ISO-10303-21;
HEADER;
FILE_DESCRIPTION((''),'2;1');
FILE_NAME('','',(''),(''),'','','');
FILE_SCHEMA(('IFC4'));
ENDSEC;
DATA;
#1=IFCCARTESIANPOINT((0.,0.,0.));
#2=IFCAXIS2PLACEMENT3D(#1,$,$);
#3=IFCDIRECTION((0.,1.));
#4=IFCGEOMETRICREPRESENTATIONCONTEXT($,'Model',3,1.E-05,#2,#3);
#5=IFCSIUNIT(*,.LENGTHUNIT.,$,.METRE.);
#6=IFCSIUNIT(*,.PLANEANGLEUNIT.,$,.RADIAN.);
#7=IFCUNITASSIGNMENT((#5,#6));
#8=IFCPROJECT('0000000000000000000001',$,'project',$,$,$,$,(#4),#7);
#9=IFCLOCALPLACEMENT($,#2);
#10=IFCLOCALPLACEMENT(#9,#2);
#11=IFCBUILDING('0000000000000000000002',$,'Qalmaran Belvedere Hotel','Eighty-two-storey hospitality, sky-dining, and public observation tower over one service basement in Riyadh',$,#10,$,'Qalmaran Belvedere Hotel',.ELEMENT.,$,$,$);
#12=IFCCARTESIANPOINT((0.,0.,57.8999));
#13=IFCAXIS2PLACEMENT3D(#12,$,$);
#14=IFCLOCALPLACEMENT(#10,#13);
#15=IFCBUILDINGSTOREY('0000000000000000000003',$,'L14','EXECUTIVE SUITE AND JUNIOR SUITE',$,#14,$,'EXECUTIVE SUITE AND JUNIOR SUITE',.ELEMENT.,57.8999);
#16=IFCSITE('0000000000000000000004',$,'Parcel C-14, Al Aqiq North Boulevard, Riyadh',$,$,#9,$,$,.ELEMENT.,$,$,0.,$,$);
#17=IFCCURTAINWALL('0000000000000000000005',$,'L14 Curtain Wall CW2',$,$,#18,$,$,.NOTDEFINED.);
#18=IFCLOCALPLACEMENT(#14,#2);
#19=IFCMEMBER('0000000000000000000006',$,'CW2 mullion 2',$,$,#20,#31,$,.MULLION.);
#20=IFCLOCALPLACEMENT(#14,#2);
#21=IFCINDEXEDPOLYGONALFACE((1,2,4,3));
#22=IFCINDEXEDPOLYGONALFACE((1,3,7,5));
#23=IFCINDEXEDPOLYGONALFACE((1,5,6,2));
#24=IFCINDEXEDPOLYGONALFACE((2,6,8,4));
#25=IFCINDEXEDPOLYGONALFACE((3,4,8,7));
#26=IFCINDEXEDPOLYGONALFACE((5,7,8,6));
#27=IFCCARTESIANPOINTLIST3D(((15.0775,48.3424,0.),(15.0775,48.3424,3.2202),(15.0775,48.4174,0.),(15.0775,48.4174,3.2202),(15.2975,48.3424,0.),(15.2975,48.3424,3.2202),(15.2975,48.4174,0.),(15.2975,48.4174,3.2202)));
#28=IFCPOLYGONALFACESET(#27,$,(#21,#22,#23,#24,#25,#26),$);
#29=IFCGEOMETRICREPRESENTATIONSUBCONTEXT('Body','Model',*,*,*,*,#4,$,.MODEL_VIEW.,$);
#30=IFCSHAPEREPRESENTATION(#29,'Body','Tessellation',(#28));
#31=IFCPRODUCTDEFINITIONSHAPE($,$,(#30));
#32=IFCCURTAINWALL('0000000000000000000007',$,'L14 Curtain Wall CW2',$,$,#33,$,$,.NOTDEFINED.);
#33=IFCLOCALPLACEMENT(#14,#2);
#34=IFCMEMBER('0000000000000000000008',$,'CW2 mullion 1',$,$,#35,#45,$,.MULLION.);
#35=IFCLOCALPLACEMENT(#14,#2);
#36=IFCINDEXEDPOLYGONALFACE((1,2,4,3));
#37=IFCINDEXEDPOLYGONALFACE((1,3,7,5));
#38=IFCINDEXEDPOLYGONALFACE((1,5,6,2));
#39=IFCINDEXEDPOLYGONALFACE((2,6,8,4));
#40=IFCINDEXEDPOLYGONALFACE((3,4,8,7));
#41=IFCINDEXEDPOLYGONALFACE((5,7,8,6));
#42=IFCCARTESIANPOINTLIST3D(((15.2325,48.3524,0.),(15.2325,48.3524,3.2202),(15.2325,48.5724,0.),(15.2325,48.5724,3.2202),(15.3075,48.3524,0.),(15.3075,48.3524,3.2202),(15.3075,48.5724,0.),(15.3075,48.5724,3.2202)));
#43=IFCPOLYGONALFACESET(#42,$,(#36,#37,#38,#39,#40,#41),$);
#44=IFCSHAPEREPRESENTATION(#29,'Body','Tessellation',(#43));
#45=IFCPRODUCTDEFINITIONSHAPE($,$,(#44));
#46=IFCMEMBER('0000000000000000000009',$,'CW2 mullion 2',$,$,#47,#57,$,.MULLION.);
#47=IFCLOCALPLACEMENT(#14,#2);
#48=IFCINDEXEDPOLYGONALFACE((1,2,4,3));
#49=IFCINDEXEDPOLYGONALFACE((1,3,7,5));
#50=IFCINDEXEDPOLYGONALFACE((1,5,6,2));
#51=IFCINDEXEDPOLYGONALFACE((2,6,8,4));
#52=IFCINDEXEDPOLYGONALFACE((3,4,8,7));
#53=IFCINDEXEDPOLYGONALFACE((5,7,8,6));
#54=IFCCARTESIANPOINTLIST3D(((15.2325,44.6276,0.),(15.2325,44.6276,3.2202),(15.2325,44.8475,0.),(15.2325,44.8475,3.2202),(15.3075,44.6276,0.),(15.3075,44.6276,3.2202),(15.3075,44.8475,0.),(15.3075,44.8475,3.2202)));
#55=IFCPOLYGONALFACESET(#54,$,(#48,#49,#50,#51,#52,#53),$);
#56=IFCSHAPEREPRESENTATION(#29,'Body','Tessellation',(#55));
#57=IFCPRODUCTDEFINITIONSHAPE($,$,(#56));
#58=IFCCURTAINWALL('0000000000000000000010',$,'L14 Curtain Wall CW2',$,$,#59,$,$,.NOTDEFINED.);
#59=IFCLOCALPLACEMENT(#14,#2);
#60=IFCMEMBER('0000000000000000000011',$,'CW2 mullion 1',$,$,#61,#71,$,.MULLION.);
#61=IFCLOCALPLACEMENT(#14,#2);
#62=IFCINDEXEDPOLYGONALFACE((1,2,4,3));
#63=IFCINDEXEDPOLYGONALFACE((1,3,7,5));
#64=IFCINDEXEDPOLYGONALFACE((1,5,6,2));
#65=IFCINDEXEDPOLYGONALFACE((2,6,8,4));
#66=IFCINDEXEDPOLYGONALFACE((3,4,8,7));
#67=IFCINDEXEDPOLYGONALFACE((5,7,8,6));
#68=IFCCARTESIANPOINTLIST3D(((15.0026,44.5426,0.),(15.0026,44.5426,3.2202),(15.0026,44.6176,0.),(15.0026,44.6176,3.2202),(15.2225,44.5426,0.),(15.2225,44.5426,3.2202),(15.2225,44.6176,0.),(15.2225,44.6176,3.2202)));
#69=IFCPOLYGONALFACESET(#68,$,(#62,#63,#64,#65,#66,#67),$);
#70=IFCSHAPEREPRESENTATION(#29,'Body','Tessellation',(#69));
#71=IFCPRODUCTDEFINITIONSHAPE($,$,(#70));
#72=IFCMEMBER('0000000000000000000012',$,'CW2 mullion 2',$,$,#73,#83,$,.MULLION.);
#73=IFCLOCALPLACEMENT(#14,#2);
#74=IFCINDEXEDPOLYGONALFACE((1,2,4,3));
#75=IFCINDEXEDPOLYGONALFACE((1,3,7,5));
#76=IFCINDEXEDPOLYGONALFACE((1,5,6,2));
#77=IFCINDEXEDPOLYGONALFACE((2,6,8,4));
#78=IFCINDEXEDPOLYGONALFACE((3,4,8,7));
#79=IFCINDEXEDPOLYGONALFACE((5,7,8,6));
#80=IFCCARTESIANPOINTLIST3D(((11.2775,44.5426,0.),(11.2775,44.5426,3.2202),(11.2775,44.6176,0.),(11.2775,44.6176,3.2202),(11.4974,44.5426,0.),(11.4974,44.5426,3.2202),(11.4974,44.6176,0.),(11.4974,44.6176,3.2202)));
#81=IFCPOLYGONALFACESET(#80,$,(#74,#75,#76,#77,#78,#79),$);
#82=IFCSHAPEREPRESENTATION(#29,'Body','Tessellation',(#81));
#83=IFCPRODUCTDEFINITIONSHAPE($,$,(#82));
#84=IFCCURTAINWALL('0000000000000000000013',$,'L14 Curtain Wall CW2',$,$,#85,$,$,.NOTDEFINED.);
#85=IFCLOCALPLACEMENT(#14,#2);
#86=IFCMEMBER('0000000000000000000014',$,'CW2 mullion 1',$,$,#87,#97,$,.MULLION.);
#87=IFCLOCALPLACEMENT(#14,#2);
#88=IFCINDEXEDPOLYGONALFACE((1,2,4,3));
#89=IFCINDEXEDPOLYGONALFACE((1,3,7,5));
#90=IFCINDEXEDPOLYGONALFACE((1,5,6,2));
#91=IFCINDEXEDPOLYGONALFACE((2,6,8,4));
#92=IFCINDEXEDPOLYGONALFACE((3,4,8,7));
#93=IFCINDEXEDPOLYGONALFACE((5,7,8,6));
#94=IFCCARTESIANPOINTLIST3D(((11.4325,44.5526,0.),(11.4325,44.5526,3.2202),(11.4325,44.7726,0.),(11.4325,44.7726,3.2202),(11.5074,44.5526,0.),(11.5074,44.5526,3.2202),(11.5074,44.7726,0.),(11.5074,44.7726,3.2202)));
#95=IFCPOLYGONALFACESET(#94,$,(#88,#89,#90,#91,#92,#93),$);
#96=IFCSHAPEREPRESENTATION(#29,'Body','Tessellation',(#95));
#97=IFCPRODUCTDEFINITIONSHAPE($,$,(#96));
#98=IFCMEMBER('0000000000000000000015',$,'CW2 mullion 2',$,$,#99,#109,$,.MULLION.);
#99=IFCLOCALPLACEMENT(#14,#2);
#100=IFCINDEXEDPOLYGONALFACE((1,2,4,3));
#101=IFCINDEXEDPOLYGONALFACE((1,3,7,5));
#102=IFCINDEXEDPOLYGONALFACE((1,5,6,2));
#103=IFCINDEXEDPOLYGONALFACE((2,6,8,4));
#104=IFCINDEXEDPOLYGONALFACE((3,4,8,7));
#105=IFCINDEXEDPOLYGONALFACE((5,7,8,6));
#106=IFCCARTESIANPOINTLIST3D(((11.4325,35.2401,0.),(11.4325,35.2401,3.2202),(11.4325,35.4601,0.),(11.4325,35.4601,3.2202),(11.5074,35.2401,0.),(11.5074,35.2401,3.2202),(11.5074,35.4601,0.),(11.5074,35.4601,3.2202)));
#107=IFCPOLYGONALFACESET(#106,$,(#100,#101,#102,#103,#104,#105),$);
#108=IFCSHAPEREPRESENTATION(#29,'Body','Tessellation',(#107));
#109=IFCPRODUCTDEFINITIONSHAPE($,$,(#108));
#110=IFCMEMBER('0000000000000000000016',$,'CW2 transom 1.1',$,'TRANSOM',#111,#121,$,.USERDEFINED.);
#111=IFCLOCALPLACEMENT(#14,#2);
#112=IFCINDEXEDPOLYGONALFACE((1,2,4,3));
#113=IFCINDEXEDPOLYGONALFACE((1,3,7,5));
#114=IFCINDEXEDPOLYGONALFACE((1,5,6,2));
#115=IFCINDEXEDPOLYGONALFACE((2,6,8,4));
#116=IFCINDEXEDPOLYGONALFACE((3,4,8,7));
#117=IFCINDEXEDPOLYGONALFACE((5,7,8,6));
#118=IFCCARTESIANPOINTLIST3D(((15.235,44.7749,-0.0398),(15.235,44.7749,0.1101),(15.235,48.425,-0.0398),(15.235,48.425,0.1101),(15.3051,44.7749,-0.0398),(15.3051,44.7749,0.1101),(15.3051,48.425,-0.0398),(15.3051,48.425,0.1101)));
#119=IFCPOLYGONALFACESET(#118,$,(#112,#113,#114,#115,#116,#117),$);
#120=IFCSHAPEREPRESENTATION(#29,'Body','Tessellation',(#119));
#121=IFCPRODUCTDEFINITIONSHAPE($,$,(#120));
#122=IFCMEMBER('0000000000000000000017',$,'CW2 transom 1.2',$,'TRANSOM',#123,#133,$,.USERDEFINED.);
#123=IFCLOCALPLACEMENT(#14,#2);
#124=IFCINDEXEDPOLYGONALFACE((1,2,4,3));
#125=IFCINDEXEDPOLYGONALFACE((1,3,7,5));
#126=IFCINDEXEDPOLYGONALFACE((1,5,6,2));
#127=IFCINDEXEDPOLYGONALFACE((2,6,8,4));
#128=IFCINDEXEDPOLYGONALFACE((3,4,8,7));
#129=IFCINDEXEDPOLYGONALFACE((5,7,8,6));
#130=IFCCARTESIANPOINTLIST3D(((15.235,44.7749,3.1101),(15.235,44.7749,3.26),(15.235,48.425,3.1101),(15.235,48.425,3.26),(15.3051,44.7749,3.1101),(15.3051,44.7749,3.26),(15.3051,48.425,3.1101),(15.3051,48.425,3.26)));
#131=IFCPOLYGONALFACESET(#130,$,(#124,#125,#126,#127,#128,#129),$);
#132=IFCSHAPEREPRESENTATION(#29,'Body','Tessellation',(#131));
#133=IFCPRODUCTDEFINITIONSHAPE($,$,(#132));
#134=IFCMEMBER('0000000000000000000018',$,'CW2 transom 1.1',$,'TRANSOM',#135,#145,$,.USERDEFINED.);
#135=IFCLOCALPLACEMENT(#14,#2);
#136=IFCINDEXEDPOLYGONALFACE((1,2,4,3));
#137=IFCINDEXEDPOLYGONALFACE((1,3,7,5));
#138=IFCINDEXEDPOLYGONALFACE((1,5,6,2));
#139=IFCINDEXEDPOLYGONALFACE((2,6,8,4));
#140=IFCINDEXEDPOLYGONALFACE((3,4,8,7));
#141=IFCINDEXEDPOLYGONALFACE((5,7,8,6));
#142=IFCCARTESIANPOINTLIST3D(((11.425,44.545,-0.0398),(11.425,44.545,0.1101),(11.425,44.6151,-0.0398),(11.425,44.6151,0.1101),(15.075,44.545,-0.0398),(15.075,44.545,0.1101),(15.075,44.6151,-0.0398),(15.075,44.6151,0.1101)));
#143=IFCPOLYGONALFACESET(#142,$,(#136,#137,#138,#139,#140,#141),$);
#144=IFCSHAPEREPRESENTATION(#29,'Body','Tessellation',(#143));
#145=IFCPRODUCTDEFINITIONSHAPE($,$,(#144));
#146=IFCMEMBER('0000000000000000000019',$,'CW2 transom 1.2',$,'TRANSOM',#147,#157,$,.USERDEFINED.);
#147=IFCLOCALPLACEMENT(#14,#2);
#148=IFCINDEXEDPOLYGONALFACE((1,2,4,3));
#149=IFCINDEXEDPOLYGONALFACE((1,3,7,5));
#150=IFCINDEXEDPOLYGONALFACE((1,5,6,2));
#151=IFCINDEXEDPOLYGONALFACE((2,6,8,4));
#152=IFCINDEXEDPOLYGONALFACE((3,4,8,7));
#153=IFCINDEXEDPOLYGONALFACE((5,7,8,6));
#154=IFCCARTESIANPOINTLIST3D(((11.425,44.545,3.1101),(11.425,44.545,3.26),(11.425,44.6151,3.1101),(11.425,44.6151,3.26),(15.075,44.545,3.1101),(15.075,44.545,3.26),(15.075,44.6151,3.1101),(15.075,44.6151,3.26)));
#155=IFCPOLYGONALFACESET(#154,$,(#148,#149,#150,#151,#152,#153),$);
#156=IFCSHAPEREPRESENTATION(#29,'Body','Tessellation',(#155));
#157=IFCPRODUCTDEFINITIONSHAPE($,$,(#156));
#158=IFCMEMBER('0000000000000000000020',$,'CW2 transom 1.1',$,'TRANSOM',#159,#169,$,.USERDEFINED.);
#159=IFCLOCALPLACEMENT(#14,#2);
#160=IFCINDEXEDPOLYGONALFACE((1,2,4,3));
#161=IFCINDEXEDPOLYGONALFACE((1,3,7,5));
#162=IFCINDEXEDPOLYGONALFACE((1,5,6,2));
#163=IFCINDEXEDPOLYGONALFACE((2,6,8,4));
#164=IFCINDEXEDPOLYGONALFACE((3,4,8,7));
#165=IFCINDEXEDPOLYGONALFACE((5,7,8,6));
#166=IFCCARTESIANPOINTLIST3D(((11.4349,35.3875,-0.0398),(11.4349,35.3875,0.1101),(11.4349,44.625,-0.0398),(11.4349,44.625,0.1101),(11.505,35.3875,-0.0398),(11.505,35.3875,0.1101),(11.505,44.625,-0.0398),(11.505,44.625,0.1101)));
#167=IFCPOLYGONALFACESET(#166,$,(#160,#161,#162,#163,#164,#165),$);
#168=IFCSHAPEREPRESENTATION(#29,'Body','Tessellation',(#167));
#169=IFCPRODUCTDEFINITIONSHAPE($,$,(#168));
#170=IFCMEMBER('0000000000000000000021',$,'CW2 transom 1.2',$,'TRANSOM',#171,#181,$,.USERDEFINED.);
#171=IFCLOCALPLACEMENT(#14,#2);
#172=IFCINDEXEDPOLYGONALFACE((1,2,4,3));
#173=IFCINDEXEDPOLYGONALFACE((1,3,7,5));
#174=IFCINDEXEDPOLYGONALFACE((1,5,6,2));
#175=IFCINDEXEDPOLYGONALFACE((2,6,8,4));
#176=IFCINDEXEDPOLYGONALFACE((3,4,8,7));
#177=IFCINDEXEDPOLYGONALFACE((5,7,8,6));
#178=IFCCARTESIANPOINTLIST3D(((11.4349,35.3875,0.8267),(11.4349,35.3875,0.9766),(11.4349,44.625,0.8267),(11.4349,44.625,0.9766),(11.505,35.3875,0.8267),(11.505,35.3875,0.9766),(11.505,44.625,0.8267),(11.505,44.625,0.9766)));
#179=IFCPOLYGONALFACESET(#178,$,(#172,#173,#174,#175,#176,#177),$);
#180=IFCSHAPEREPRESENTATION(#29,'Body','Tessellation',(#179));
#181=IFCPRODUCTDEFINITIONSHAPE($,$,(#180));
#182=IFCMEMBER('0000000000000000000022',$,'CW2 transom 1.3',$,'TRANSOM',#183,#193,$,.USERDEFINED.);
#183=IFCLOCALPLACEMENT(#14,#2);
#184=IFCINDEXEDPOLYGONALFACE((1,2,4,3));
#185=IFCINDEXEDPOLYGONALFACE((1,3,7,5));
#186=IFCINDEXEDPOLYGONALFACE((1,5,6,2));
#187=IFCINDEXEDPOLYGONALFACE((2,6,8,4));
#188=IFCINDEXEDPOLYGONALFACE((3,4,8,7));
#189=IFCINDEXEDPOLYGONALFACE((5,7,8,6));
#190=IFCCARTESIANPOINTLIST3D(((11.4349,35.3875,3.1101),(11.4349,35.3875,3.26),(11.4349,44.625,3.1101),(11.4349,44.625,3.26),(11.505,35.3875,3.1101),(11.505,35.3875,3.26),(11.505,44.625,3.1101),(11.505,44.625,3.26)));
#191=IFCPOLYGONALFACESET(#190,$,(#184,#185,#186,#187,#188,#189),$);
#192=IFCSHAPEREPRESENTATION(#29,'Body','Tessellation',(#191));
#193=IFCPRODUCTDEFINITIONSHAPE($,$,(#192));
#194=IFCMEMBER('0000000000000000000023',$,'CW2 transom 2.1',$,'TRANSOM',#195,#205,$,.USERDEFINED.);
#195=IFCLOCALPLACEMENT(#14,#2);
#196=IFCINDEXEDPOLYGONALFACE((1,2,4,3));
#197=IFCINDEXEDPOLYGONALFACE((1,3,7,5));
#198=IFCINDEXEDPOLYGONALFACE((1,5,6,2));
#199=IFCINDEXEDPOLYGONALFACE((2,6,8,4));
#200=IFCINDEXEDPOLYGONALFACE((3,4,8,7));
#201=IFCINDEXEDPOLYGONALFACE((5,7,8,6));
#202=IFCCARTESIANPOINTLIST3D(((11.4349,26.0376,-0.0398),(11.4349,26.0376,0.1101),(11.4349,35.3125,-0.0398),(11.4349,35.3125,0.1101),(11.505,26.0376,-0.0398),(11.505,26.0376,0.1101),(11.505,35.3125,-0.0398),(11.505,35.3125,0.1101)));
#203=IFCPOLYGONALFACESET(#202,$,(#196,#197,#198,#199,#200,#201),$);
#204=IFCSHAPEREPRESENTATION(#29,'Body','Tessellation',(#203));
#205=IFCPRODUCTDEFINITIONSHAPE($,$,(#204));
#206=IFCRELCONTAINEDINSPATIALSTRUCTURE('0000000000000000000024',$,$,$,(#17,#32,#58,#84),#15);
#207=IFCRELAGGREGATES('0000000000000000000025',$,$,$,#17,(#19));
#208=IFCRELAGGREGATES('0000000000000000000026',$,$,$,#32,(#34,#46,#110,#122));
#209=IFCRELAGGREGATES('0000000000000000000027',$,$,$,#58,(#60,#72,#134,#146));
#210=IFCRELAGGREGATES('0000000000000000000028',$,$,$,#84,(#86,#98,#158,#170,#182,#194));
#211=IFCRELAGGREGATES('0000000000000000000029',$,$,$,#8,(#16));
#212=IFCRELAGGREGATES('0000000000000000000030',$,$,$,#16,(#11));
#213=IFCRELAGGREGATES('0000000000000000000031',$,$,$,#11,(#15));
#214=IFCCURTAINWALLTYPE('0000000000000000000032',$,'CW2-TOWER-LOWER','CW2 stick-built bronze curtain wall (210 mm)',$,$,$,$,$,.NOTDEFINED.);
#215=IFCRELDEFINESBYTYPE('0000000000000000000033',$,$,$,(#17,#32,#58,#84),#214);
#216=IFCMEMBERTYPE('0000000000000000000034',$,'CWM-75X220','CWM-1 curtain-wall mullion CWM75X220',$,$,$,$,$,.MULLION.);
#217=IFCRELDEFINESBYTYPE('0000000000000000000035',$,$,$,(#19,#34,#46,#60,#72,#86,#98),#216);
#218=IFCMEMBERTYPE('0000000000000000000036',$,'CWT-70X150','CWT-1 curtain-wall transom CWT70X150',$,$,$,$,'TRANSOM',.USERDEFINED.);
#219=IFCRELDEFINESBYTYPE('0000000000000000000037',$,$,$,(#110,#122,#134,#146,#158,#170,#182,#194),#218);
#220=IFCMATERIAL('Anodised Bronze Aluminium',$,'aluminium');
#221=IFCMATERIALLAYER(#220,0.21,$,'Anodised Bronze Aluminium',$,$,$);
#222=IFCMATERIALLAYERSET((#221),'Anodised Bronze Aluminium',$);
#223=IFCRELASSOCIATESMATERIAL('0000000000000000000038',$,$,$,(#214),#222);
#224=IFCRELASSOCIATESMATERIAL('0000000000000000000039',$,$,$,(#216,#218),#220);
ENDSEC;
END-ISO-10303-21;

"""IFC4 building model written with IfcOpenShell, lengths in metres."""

from ifc_helpers import new_model, si_unit, direction, frame, origin, origin_2d, place, context, subcontext, project, spatial, rectangle, extrude, material, layer, layer_set, material_profile, profile_set, type_object, element, aggregate, save


model = new_model("IFC4")

# Units and contexts
model_context = context("Model", 3, precision=1e-05, world=origin(), true_north=direction((0.0, 1.0)))
body_context = subcontext(model_context, "Body", "Model", "MODEL_VIEW")
ifc_project = project(units=[si_unit("LENGTHUNIT", "METRE"), si_unit("PLANEANGLEUNIT", "RADIAN")], contexts=[model_context])

# Site, building, storey
site_placement = place(None, origin())
site = spatial("IfcSite", under=ifc_project, at=site_placement, Name="Parcel C-14, Al Aqiq North Boulevard, Riyadh", CompositionType="ELEMENT", RefElevation=0.0)
building_placement = place(site_placement, origin())
building = spatial("IfcBuilding", under=site, at=building_placement, Name="Qalmaran Belvedere Hotel", Description="Eighty-two-storey hospitality, sky-dining, and public observation tower over one service basement in Riyadh", LongName="Qalmaran Belvedere Hotel", CompositionType="ELEMENT")
storey_placement = place(building_placement, frame((0.0, 0.0, 57.8999)))
storey = spatial("IfcBuildingStorey", under=building, at=storey_placement, Name="L14", Description="EXECUTIVE SUITE AND JUNIOR SUITE", LongName="EXECUTIVE SUITE AND JUNIOR SUITE", CompositionType="ELEMENT", Elevation=57.8999)

# Curtain wall, member
ifc_material_1 = material(Name="Anodised Bronze Aluminium", Category="aluminium")
ifc_layer_1 = layer(ifc_material_1, 0.21, Name="Anodised Bronze Aluminium")
ifc_layer_set_1 = layer_set([ifc_layer_1], Name="Anodised Bronze Aluminium")
curtain_wall_type = type_object("IfcCurtainWallType", Name="CW2-TOWER-LOWER", Description="CW2 stick-built bronze curtain wall (210 mm)", PredefinedType="NOTDEFINED", material=ifc_layer_set_1)
curtain_wall_1_placement = place(storey_placement, origin())
curtain_wall_1 = element("IfcCurtainWall", 1, at=curtain_wall_1_placement, inside=storey, type_object=curtain_wall_type, Name="L14 Curtain Wall CW2", PredefinedType="NOTDEFINED")
ifc_material_profile_1 = material_profile(ifc_material_1, rectangle(XDim=0.075, YDim=0.22, at=origin_2d()), Name="CWM75X220")
ifc_profile_set_1 = profile_set([ifc_material_profile_1], Name="Anodised Bronze Aluminium")
member_type_1 = type_object("IfcMemberType", Name="CWM-75X220", Description="CWM-1 curtain-wall mullion CWM75X220", PredefinedType="MULLION", material=ifc_profile_set_1)
member_1_placement = place(storey_placement, frame((15.1875, 48.3799, 0.0), z_axis=(0.0, 0.0, 1.0), x_axis=(0.0, -1.0, 0.0)))
member_1 = element("IfcMember", 2, at=member_1_placement, type_object=member_type_1, Name="CW2 mullion 2", PredefinedType="MULLION", context=body_context, shape_type="SweptSolid", body=[
    extrude(rectangle(XDim=0.075, YDim=0.22, at=origin_2d()), origin(), (0.0, 0.0, 1.0), 3.2202),
])

# Curtain walls, members
curtain_wall_2_placement = place(storey_placement, origin())
curtain_wall_2 = element("IfcCurtainWall", 3, at=curtain_wall_2_placement, inside=storey, type_object=curtain_wall_type, Name="L14 Curtain Wall CW2", PredefinedType="NOTDEFINED")
member_2_placement = place(storey_placement, frame((15.27, 48.4624, 0.0), z_axis=(0.0, 0.0, 1.0), x_axis=(1.0, 0.0, 0.0)))
member_2 = element("IfcMember", 4, at=member_2_placement, type_object=member_type_1, Name="CW2 mullion 1", PredefinedType="MULLION", context=body_context, shape_type="SweptSolid", body=[
    extrude(rectangle(XDim=0.075, YDim=0.22, at=origin_2d()), origin(), (0.0, 0.0, 1.0), 3.2202),
])
member_3_placement = place(storey_placement, frame((15.27, 44.7375, 0.0), z_axis=(0.0, 0.0, 1.0), x_axis=(1.0, 0.0, 0.0)))
member_3 = element("IfcMember", 5, at=member_3_placement, type_object=member_type_1, Name="CW2 mullion 2", PredefinedType="MULLION", context=body_context, shape_type="SweptSolid", body=[
    extrude(rectangle(XDim=0.075, YDim=0.22, at=origin_2d()), origin(), (0.0, 0.0, 1.0), 3.2202),
])
curtain_wall_3_placement = place(storey_placement, origin())
curtain_wall_3 = element("IfcCurtainWall", 6, at=curtain_wall_3_placement, inside=storey, type_object=curtain_wall_type, Name="L14 Curtain Wall CW2", PredefinedType="NOTDEFINED")
member_4_placement = place(storey_placement, frame((15.1125, 44.5801, 0.0), z_axis=(0.0, 0.0, 1.0), x_axis=(0.0, -1.0, 0.0)))
member_4 = element("IfcMember", 7, at=member_4_placement, type_object=member_type_1, Name="CW2 mullion 1", PredefinedType="MULLION", context=body_context, shape_type="SweptSolid", body=[
    extrude(rectangle(XDim=0.075, YDim=0.22, at=origin_2d()), origin(), (0.0, 0.0, 1.0), 3.2202),
])
member_5_placement = place(storey_placement, frame((11.3875, 44.5801, 0.0), z_axis=(0.0, 0.0, 1.0), x_axis=(0.0, -1.0, 0.0)))
member_5 = element("IfcMember", 8, at=member_5_placement, type_object=member_type_1, Name="CW2 mullion 2", PredefinedType="MULLION", context=body_context, shape_type="SweptSolid", body=[
    extrude(rectangle(XDim=0.075, YDim=0.22, at=origin_2d()), origin(), (0.0, 0.0, 1.0), 3.2202),
])
curtain_wall_4_placement = place(storey_placement, origin())
curtain_wall_4 = element("IfcCurtainWall", 9, at=curtain_wall_4_placement, inside=storey, type_object=curtain_wall_type, Name="L14 Curtain Wall CW2", PredefinedType="NOTDEFINED")
member_6_placement = place(storey_placement, frame((11.47, 44.6626, 0.0), z_axis=(0.0, 0.0, 1.0), x_axis=(1.0, 0.0, 0.0)))
member_6 = element("IfcMember", 10, at=member_6_placement, type_object=member_type_1, Name="CW2 mullion 1", PredefinedType="MULLION", context=body_context, shape_type="SweptSolid", body=[
    extrude(rectangle(XDim=0.075, YDim=0.22, at=origin_2d()), origin(), (0.0, 0.0, 1.0), 3.2202),
])
member_7_placement = place(storey_placement, frame((11.47, 35.3501, 0.0), z_axis=(0.0, 0.0, 1.0), x_axis=(1.0, 0.0, 0.0)))
member_7 = element("IfcMember", 11, at=member_7_placement, type_object=member_type_1, Name="CW2 mullion 2", PredefinedType="MULLION", context=body_context, shape_type="SweptSolid", body=[
    extrude(rectangle(XDim=0.075, YDim=0.22, at=origin_2d()), origin(), (0.0, 0.0, 1.0), 3.2202),
])

# Members
ifc_material_profile_2 = material_profile(ifc_material_1, rectangle(XDim=0.0701, YDim=0.1499, at=origin_2d()), Name="CWT70X150")
ifc_profile_set_2 = profile_set([ifc_material_profile_2], Name="Anodised Bronze Aluminium")
member_type_2 = type_object("IfcMemberType", Name="CWT-70X150", Description="CWT-1 curtain-wall transom CWT70X150", ElementType="TRANSOM", PredefinedType="USERDEFINED", material=ifc_profile_set_2)
member_8_placement = place(storey_placement, frame((15.27, 48.425, 0.0352), z_axis=(0.0, -1.0, 0.0), x_axis=(1.0, 0.0, 0.0)))
member_8 = element("IfcMember", 12, at=member_8_placement, type_object=member_type_2, Name="CW2 transom 1.1", ObjectType="TRANSOM", PredefinedType="USERDEFINED", context=body_context, shape_type="SweptSolid", body=[
    extrude(rectangle(XDim=0.0701, YDim=0.1499, at=origin_2d()), origin(), (0.0, 0.0, 1.0), 3.6501),
])
member_9_placement = place(storey_placement, frame((15.27, 48.425, 3.1851), z_axis=(0.0, -1.0, 0.0), x_axis=(1.0, 0.0, 0.0)))
member_9 = element("IfcMember", 13, at=member_9_placement, type_object=member_type_2, Name="CW2 transom 1.2", ObjectType="TRANSOM", PredefinedType="USERDEFINED", context=body_context, shape_type="SweptSolid", body=[
    extrude(rectangle(XDim=0.0701, YDim=0.1499, at=origin_2d()), origin(), (0.0, 0.0, 1.0), 3.6501),
])
member_10_placement = place(storey_placement, frame((15.075, 44.5801, 0.0352), z_axis=(-1.0, 0.0, 0.0), x_axis=(0.0, -1.0, 0.0)))
member_10 = element("IfcMember", 14, at=member_10_placement, type_object=member_type_2, Name="CW2 transom 1.1", ObjectType="TRANSOM", PredefinedType="USERDEFINED", context=body_context, shape_type="SweptSolid", body=[
    extrude(rectangle(XDim=0.0701, YDim=0.1499, at=origin_2d()), origin(), (0.0, 0.0, 1.0), 3.6499),
])
member_11_placement = place(storey_placement, frame((15.075, 44.5801, 3.1851), z_axis=(-1.0, 0.0, 0.0), x_axis=(0.0, -1.0, 0.0)))
member_11 = element("IfcMember", 15, at=member_11_placement, type_object=member_type_2, Name="CW2 transom 1.2", ObjectType="TRANSOM", PredefinedType="USERDEFINED", context=body_context, shape_type="SweptSolid", body=[
    extrude(rectangle(XDim=0.0701, YDim=0.1499, at=origin_2d()), origin(), (0.0, 0.0, 1.0), 3.6499),
])
member_12_placement = place(storey_placement, frame((11.47, 44.625, 0.0352), z_axis=(0.0, -1.0, 0.0), x_axis=(1.0, 0.0, 0.0)))
member_12 = element("IfcMember", 16, at=member_12_placement, type_object=member_type_2, Name="CW2 transom 1.1", ObjectType="TRANSOM", PredefinedType="USERDEFINED", context=body_context, shape_type="SweptSolid", body=[
    extrude(rectangle(XDim=0.0701, YDim=0.1499, at=origin_2d()), origin(), (0.0, 0.0, 1.0), 9.2375),
])
member_13_placement = place(storey_placement, frame((11.47, 44.625, 0.9016), z_axis=(0.0, -1.0, 0.0), x_axis=(1.0, 0.0, 0.0)))
member_13 = element("IfcMember", 17, at=member_13_placement, type_object=member_type_2, Name="CW2 transom 1.2", ObjectType="TRANSOM", PredefinedType="USERDEFINED", context=body_context, shape_type="SweptSolid", body=[
    extrude(rectangle(XDim=0.0701, YDim=0.1499, at=origin_2d()), origin(), (0.0, 0.0, 1.0), 9.2375),
])
member_14_placement = place(storey_placement, frame((11.47, 44.625, 3.1851), z_axis=(0.0, -1.0, 0.0), x_axis=(1.0, 0.0, 0.0)))
member_14 = element("IfcMember", 18, at=member_14_placement, type_object=member_type_2, Name="CW2 transom 1.3", ObjectType="TRANSOM", PredefinedType="USERDEFINED", context=body_context, shape_type="SweptSolid", body=[
    extrude(rectangle(XDim=0.0701, YDim=0.1499, at=origin_2d()), origin(), (0.0, 0.0, 1.0), 9.2375),
])
member_15_placement = place(storey_placement, frame((11.47, 35.3125, 0.0352), z_axis=(0.0, -1.0, 0.0), x_axis=(1.0, 0.0, 0.0)))
member_15 = element("IfcMember", 19, at=member_15_placement, type_object=member_type_2, Name="CW2 transom 2.1", ObjectType="TRANSOM", PredefinedType="USERDEFINED", context=body_context, shape_type="SweptSolid", body=[
    extrude(rectangle(XDim=0.0701, YDim=0.1499, at=origin_2d()), origin(), (0.0, 0.0, 1.0), 9.2749),
])

aggregate(curtain_wall_1, [member_1])
aggregate(curtain_wall_2, [member_2, member_3, member_8, member_9])
aggregate(curtain_wall_3, [member_4, member_5, member_10, member_11])
aggregate(curtain_wall_4, [member_6, member_7, member_12, member_13, member_14, member_15])

save(model, "model.ifc")
